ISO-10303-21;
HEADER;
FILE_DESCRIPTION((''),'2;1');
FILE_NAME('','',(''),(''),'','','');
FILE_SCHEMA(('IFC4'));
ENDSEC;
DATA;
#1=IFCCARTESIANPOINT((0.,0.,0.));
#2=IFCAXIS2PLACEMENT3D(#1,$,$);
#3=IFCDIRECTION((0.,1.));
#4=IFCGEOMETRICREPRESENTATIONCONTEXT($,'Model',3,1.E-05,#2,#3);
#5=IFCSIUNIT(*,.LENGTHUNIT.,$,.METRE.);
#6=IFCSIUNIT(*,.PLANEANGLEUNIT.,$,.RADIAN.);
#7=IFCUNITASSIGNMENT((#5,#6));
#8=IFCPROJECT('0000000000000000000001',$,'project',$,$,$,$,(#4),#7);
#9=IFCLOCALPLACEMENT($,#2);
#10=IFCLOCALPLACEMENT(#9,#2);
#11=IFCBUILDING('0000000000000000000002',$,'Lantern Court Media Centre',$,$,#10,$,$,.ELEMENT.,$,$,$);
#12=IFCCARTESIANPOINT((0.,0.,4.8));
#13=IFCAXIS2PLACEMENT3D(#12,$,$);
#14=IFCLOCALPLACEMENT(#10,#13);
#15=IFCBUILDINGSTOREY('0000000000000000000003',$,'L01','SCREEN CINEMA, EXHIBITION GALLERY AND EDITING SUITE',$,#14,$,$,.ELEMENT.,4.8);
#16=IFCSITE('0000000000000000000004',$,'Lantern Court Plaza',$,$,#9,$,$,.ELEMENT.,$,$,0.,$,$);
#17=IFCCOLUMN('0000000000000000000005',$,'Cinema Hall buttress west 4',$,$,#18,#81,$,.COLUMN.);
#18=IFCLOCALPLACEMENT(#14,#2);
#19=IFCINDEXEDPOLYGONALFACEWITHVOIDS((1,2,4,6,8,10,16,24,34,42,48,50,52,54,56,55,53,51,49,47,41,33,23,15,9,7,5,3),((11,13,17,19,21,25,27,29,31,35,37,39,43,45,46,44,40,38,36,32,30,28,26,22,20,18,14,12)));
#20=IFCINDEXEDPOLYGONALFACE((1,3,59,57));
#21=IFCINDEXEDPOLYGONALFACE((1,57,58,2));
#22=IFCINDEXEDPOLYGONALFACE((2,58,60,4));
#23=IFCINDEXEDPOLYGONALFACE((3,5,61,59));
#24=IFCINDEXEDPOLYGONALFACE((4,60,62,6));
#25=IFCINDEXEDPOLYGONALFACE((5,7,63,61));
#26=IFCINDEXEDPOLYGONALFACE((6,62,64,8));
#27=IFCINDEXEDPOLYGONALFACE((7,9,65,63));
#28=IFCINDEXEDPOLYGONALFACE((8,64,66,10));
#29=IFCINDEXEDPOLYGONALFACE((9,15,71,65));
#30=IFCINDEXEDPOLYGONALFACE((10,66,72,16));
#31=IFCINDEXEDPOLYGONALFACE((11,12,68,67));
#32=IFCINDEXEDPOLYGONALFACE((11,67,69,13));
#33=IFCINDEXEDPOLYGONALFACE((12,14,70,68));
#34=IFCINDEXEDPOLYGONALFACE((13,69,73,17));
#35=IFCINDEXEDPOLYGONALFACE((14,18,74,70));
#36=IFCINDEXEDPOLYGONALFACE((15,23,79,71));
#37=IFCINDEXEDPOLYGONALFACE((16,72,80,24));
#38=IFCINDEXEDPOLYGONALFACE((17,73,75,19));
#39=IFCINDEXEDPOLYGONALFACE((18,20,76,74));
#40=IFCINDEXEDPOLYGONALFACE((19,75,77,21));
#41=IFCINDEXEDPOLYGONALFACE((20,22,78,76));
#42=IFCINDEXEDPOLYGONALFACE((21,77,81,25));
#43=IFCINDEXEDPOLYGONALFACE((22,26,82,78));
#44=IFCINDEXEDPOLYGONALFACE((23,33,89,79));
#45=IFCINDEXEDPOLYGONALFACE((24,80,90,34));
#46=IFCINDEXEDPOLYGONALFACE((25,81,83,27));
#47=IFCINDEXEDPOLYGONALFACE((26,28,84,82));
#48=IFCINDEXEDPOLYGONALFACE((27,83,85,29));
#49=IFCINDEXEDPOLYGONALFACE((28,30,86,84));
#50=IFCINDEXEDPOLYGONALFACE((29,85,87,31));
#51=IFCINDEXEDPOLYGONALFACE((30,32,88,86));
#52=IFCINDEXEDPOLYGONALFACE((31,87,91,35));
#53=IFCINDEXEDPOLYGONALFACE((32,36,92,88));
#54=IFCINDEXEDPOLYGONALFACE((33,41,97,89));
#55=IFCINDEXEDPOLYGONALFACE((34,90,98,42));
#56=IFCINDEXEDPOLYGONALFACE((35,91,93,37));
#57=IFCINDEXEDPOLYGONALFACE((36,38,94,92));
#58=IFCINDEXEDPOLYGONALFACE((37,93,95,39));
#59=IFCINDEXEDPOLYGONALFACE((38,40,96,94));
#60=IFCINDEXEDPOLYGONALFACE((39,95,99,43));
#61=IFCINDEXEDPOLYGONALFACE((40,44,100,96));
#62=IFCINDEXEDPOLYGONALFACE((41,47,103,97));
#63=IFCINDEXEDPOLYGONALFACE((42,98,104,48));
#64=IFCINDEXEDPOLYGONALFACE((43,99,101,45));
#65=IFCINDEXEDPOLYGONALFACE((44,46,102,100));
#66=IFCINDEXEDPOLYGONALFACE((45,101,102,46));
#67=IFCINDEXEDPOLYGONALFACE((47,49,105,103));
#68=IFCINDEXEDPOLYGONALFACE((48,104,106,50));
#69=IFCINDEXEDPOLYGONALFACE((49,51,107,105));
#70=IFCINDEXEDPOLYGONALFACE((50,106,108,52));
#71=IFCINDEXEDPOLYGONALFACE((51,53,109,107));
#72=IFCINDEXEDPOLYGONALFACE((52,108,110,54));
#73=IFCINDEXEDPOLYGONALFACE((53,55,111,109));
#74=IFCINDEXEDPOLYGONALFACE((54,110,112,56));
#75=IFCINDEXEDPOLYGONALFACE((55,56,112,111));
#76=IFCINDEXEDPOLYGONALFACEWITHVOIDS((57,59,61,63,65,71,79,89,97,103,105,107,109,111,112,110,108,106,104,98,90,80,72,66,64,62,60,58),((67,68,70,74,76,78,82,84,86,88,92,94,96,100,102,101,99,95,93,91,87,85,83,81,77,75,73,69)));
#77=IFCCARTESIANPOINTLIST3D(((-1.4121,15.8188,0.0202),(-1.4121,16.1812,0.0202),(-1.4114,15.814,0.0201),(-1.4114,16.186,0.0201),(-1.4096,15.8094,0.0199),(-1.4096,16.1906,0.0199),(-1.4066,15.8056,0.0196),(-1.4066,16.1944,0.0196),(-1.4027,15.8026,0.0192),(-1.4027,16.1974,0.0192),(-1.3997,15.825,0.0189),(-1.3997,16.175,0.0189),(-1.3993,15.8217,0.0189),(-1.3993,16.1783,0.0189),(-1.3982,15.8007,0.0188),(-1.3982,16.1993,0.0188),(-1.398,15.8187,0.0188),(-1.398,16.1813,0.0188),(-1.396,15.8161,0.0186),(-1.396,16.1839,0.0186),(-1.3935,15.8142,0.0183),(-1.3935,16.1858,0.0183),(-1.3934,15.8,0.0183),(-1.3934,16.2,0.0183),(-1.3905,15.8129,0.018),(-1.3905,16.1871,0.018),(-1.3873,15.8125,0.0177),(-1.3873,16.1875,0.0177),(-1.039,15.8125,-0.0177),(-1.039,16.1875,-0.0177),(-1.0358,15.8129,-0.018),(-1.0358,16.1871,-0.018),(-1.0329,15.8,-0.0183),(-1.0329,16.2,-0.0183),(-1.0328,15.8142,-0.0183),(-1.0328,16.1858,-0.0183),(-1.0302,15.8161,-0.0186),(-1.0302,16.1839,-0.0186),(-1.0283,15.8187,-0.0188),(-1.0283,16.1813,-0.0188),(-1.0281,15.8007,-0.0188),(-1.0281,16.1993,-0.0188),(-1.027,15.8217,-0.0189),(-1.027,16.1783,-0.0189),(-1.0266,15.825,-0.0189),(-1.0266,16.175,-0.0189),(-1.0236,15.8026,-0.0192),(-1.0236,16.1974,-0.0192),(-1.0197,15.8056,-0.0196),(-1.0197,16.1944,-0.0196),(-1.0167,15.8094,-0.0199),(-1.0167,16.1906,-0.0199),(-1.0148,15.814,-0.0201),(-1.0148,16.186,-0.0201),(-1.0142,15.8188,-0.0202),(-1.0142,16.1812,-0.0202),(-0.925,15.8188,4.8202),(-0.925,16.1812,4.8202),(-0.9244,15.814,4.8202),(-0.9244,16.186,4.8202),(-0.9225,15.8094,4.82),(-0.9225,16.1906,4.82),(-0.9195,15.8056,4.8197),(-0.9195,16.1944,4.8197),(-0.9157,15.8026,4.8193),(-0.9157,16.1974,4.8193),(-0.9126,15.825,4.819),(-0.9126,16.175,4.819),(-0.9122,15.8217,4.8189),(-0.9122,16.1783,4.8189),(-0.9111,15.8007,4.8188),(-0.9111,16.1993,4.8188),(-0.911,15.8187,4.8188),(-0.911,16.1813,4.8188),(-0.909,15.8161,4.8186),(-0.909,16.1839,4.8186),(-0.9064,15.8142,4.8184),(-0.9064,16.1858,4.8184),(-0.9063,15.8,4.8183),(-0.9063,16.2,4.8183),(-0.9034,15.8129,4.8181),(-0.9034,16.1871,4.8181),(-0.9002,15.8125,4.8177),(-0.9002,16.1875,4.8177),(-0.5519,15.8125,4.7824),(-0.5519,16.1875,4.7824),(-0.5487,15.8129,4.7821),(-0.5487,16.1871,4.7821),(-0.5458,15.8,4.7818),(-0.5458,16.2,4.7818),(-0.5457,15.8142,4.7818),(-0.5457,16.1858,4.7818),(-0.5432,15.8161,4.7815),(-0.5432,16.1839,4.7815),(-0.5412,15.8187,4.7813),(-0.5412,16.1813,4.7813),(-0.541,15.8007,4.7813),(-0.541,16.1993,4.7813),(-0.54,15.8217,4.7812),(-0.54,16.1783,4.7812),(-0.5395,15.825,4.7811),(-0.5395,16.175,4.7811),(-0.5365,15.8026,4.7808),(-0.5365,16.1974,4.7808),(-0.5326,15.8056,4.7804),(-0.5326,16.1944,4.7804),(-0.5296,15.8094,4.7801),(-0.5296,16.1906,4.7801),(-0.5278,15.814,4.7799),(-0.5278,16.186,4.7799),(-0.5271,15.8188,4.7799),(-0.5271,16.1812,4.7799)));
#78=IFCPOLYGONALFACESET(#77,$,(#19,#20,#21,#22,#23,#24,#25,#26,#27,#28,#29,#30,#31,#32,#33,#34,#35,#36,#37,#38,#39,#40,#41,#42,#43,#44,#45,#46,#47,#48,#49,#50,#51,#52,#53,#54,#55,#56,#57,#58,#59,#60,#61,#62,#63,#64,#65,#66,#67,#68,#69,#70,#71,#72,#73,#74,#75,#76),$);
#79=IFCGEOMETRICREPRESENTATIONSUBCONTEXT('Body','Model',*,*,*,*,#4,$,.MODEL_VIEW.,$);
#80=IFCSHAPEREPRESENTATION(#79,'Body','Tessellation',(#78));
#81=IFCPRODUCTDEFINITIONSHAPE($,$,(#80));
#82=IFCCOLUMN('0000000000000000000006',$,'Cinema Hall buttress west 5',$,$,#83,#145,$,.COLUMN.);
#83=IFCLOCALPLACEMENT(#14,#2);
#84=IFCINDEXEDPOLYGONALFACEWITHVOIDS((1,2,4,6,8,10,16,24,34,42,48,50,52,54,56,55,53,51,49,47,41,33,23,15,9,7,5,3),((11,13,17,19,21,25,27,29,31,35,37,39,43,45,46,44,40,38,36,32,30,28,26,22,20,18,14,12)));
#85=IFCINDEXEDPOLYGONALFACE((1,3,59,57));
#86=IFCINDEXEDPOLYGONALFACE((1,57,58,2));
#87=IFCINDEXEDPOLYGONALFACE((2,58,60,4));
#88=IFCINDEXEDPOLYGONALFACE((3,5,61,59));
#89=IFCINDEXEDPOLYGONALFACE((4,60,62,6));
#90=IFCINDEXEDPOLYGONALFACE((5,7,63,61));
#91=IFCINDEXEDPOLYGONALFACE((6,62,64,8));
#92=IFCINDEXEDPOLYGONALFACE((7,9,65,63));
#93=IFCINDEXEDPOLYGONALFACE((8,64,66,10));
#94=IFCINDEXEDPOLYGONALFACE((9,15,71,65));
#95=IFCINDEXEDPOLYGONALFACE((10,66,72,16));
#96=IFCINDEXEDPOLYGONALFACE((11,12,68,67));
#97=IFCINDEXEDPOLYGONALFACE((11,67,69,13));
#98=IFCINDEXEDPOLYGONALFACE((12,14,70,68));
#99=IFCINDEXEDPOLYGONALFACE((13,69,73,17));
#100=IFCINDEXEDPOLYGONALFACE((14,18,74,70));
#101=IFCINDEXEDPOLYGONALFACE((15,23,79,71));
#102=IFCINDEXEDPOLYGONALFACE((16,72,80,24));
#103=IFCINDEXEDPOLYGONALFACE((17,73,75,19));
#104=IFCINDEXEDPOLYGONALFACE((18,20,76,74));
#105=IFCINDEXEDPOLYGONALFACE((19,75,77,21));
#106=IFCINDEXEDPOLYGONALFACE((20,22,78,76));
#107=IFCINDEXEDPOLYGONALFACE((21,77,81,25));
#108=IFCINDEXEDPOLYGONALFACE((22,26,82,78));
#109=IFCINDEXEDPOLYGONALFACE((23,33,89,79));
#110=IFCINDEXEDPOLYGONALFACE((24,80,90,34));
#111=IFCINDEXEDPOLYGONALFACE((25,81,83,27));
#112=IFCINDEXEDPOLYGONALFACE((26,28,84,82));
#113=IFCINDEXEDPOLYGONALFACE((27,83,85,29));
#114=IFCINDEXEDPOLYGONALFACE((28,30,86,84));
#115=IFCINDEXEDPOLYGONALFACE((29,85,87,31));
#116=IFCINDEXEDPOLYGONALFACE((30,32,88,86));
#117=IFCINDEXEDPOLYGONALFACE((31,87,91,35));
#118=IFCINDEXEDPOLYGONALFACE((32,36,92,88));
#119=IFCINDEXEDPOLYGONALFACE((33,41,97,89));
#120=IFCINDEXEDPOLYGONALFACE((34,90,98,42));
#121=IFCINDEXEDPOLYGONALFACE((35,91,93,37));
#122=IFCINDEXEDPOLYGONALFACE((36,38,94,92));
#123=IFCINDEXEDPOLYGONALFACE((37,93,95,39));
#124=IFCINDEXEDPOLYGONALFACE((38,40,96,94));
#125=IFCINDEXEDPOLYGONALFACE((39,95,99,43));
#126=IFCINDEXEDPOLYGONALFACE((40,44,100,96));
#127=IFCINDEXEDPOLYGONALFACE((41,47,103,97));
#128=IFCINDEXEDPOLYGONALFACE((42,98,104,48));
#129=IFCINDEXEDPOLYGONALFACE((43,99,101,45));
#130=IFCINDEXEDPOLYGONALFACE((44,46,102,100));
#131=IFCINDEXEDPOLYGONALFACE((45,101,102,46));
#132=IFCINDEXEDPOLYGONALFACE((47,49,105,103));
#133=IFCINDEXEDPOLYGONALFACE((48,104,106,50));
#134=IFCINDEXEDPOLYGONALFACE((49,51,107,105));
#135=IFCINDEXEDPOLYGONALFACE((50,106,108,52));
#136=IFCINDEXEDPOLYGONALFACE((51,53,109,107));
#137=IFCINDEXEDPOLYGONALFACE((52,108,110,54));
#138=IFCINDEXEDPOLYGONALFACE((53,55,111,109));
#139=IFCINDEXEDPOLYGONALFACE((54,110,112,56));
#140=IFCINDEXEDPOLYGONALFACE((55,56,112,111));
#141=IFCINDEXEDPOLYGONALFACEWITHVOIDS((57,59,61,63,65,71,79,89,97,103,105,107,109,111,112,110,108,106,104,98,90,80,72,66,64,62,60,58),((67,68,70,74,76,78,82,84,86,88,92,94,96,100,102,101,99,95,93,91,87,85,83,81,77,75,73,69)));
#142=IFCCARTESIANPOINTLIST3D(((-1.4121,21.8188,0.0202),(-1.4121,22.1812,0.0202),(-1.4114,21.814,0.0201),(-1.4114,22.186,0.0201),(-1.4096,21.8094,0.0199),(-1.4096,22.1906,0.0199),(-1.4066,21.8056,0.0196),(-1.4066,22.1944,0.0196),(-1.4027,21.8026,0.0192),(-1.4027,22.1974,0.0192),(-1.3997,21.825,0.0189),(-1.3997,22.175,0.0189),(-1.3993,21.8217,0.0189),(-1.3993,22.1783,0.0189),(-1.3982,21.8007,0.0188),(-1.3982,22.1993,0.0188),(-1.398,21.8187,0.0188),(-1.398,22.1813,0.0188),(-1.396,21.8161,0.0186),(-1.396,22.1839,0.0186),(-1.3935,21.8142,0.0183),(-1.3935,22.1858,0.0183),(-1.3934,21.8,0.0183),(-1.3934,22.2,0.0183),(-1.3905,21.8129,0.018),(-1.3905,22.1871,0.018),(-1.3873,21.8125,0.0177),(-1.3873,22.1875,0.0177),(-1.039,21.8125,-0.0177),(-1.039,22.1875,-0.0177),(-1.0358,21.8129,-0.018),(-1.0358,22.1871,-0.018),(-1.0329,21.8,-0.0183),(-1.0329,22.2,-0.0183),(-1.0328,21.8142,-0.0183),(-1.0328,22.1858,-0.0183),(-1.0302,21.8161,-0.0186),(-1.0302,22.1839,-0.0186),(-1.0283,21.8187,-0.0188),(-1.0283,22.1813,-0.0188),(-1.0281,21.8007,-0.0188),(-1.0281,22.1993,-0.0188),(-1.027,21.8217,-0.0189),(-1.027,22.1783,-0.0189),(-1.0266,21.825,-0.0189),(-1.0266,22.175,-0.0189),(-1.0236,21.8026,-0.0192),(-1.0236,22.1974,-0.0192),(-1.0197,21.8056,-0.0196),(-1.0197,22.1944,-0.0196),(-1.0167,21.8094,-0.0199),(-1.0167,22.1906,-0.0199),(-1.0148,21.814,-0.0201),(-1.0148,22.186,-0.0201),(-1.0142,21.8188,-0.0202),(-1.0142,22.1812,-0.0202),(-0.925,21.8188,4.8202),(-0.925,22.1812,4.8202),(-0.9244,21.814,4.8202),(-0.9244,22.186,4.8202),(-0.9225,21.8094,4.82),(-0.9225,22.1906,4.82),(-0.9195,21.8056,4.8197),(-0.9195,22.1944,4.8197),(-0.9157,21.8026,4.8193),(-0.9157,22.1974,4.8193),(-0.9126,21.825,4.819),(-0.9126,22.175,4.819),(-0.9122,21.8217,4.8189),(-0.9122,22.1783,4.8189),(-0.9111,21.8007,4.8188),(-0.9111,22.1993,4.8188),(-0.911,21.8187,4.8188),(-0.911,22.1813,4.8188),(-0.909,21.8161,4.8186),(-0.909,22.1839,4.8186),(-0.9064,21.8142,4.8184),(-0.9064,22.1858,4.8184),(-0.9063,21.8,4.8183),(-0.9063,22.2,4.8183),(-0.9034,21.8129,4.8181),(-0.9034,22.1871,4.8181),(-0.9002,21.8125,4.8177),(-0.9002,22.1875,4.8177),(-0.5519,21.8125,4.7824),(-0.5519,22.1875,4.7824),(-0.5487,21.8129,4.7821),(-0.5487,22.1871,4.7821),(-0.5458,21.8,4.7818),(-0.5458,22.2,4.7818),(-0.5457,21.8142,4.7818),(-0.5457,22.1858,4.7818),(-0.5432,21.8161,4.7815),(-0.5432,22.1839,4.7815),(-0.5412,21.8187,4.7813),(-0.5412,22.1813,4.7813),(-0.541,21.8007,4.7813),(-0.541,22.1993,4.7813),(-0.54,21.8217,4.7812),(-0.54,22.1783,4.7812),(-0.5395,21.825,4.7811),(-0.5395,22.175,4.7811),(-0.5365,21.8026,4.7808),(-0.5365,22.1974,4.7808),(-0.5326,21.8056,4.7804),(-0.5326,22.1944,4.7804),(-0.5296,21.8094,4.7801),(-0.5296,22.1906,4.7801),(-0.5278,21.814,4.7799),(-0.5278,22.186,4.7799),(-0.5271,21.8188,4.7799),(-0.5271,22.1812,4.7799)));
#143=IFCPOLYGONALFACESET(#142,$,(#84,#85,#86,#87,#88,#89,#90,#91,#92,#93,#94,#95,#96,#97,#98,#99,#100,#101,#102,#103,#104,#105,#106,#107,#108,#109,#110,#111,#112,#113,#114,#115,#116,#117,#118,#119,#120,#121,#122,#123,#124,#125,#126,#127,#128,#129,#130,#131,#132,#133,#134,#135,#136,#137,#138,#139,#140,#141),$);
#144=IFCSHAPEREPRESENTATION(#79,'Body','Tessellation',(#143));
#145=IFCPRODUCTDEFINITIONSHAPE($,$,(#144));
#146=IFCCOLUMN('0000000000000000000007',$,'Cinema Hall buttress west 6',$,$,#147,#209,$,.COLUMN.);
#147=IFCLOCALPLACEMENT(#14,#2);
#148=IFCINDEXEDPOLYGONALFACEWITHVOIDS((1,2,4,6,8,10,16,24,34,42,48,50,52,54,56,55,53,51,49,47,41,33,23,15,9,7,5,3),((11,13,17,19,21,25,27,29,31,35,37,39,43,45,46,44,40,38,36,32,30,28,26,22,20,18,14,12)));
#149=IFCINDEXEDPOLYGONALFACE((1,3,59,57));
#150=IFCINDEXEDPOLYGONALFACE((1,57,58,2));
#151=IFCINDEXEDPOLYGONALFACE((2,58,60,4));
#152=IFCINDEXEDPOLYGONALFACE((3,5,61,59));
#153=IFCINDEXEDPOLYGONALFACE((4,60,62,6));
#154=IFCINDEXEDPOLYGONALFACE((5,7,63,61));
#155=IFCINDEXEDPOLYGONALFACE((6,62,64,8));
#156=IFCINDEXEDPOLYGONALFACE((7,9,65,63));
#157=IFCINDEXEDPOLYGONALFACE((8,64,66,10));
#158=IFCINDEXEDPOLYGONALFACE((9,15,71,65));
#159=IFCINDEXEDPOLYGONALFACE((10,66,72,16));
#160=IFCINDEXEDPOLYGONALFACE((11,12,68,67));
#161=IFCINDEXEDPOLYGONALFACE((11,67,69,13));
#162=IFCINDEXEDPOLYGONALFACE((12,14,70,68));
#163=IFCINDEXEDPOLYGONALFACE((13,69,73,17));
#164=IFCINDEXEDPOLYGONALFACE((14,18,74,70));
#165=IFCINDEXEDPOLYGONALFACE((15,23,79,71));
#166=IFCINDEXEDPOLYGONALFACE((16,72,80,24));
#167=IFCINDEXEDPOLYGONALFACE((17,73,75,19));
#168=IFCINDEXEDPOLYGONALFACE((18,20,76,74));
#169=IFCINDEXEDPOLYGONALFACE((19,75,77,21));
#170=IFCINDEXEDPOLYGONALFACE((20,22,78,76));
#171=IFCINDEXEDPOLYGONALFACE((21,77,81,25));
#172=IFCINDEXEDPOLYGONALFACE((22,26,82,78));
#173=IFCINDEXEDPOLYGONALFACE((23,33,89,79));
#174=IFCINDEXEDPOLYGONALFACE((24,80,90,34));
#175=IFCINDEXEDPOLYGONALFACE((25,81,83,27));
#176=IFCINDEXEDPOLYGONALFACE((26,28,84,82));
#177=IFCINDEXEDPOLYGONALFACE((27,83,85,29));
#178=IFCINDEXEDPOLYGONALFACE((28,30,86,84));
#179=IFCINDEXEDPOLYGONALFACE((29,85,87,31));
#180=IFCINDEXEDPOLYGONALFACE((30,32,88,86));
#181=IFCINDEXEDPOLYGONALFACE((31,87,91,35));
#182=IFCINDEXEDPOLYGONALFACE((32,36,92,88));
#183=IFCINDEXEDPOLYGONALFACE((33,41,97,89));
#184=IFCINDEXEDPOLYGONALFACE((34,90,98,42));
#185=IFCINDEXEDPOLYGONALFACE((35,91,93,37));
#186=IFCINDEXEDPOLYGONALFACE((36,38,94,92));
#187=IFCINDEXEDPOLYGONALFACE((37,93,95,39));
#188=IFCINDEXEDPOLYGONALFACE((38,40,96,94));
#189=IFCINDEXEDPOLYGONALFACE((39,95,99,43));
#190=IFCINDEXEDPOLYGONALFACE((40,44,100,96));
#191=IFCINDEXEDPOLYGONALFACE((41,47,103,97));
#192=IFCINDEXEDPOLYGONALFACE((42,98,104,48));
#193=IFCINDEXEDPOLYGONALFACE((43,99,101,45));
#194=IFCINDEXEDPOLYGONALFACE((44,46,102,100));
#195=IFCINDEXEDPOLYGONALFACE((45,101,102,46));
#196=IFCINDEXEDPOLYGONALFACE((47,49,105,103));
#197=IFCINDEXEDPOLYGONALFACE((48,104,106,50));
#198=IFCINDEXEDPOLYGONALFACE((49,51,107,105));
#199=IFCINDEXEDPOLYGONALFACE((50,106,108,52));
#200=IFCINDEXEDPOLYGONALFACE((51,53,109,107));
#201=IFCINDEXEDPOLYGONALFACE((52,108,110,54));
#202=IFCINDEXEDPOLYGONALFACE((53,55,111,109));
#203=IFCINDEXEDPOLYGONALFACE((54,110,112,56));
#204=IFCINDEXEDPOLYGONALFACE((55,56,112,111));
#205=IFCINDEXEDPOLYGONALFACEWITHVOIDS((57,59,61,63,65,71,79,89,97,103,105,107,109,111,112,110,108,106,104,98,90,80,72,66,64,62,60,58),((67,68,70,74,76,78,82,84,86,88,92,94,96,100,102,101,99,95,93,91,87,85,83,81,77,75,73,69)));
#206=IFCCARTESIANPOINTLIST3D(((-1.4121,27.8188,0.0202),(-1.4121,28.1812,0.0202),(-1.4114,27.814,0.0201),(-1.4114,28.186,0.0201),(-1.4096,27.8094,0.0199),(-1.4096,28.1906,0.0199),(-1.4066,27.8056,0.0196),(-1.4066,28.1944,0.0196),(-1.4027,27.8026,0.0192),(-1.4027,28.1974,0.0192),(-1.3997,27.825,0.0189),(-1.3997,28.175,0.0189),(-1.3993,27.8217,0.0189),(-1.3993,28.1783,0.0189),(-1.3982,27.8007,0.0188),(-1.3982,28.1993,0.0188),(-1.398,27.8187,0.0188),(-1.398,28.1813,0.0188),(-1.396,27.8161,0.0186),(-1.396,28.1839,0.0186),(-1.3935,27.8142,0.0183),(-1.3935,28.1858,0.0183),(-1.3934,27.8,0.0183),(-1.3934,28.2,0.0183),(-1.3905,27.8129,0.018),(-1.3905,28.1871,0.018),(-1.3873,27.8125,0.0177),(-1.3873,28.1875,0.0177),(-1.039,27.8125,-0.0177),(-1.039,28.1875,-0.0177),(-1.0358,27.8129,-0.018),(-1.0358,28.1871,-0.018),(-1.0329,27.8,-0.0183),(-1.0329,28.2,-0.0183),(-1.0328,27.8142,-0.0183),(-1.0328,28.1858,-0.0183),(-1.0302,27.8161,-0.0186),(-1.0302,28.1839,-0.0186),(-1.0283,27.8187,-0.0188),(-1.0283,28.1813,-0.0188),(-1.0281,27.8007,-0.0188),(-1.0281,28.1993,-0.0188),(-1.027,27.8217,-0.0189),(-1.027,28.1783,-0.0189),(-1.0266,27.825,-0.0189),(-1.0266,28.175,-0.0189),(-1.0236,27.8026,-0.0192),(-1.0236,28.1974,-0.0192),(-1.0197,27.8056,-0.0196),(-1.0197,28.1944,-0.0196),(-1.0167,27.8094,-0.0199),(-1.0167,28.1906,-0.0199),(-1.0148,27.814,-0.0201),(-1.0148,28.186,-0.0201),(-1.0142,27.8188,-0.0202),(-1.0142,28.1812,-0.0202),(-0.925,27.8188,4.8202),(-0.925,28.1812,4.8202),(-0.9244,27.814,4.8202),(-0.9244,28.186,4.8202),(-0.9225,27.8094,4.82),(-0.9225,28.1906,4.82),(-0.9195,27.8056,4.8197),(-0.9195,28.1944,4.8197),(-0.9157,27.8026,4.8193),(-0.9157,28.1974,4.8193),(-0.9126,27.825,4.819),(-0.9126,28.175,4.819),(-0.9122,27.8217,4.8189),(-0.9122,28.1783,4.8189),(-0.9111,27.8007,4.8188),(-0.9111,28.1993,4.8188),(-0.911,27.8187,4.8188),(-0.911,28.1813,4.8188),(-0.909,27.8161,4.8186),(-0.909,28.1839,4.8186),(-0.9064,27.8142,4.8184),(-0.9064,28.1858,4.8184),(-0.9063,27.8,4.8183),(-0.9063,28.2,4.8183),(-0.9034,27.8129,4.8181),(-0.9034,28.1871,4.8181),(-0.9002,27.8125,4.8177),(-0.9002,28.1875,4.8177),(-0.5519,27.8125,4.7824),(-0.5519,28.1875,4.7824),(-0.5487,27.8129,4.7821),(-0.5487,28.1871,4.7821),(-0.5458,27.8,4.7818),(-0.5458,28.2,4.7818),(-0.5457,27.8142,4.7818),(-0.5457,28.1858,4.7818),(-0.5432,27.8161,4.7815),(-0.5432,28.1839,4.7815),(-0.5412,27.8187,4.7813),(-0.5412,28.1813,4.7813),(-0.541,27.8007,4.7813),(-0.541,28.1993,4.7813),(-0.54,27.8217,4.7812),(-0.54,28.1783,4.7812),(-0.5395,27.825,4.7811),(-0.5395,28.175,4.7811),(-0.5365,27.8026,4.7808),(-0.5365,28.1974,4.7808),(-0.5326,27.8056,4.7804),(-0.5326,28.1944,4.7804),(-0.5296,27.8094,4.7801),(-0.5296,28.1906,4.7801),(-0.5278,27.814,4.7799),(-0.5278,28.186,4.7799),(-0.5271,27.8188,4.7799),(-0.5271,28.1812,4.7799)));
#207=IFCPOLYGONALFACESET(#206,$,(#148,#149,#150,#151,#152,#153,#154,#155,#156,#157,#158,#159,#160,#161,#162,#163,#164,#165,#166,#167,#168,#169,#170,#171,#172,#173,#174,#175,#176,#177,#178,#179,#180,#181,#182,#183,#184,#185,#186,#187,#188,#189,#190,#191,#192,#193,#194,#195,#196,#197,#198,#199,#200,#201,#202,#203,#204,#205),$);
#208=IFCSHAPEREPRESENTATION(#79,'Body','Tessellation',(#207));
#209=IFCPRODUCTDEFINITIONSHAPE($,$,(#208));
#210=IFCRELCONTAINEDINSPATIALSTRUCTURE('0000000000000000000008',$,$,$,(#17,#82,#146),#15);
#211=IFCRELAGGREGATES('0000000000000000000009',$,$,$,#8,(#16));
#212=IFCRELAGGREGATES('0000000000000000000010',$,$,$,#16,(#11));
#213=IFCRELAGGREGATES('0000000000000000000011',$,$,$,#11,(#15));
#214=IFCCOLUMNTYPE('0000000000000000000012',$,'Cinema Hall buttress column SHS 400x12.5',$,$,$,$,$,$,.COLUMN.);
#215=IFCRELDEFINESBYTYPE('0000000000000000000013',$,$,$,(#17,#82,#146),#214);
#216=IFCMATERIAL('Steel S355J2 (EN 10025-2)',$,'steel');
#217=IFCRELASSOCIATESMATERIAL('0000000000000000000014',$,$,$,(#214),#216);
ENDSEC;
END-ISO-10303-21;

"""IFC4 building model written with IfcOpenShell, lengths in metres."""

from ifc_helpers import new_model, si_unit, direction, frame, origin, origin_2d, place, context, subcontext, project, spatial, hollow_rectangle, extrude, material, material_profile, profile_set, type_object, element, save


model = new_model("IFC4")

# Units and contexts
model_context = context("Model", 3, precision=1e-05, world=origin(), true_north=direction((0.0, 1.0)))
body_context = subcontext(model_context, "Body", "Model", "MODEL_VIEW")
ifc_project = project(units=[si_unit("LENGTHUNIT", "METRE"), si_unit("PLANEANGLEUNIT", "RADIAN")], contexts=[model_context])

# Site, building, storey
site_placement = place(None, origin())
site = spatial("IfcSite", under=ifc_project, at=site_placement, Name="Lantern Court Plaza", CompositionType="ELEMENT", RefElevation=0.0)
building_placement = place(site_placement, origin())
building = spatial("IfcBuilding", under=site, at=building_placement, Name="Lantern Court Media Centre", CompositionType="ELEMENT")
storey_placement = place(building_placement, frame((0.0, 0.0, 4.8)))
storey = spatial("IfcBuildingStorey", under=building, at=storey_placement, Name="L01", Description="SCREEN CINEMA, EXHIBITION GALLERY AND EDITING SUITE", CompositionType="ELEMENT", Elevation=4.8)

# Columns
ifc_material_1 = material(Name="Steel S355J2 (EN 10025-2)", Category="steel")
ifc_material_profile_1 = material_profile(ifc_material_1, hollow_rectangle(XDim=0.3999, YDim=0.3999, WallThickness=0.0125, InnerFilletRadius=0.0125, OuterFilletRadius=0.0188, at=origin_2d()), Name="Cinema Hall buttress column SHS 400x12.5")
ifc_profile_set_1 = profile_set([ifc_material_profile_1], Name="Steel S355J2 (EN 10025-2)")
column_type_1 = type_object("IfcColumnType", Name="Cinema Hall buttress column SHS 400x12.5", PredefinedType="COLUMN", material=ifc_profile_set_1)
for number, where, z_axis, x_axis, name in (
    (1, (-1.2131, 16.0, 0.0), (0.100952, 0.0, 0.994891), (0.0, 1.0, 0.0), "Cinema Hall buttress west 4"),
    (2, (-1.2131, 22.0, 0.0), (0.100952, 0.0, 0.994891), (0.0, 1.0, 0.0), "Cinema Hall buttress west 5"),
    (3, (-1.2131, 28.0, 0.0), (0.100952, 0.0, 0.994891), (0.0, 1.0, 0.0), "Cinema Hall buttress west 6"),
):
    element("IfcColumn", number, at=place(storey_placement, frame(where, z_axis=z_axis, x_axis=x_axis)), inside=storey, type_object=column_type_1, Name=name, PredefinedType="COLUMN", context=body_context, shape_type="SweptSolid", body=[
        extrude(hollow_rectangle(XDim=0.3999, YDim=0.3999, WallThickness=0.0125, InnerFilletRadius=0.0125, OuterFilletRadius=0.0188, at=origin_2d()), origin(), (0.0, 0.0, 1.0), 4.8247),
    ])

save(model, "model.ifc")
